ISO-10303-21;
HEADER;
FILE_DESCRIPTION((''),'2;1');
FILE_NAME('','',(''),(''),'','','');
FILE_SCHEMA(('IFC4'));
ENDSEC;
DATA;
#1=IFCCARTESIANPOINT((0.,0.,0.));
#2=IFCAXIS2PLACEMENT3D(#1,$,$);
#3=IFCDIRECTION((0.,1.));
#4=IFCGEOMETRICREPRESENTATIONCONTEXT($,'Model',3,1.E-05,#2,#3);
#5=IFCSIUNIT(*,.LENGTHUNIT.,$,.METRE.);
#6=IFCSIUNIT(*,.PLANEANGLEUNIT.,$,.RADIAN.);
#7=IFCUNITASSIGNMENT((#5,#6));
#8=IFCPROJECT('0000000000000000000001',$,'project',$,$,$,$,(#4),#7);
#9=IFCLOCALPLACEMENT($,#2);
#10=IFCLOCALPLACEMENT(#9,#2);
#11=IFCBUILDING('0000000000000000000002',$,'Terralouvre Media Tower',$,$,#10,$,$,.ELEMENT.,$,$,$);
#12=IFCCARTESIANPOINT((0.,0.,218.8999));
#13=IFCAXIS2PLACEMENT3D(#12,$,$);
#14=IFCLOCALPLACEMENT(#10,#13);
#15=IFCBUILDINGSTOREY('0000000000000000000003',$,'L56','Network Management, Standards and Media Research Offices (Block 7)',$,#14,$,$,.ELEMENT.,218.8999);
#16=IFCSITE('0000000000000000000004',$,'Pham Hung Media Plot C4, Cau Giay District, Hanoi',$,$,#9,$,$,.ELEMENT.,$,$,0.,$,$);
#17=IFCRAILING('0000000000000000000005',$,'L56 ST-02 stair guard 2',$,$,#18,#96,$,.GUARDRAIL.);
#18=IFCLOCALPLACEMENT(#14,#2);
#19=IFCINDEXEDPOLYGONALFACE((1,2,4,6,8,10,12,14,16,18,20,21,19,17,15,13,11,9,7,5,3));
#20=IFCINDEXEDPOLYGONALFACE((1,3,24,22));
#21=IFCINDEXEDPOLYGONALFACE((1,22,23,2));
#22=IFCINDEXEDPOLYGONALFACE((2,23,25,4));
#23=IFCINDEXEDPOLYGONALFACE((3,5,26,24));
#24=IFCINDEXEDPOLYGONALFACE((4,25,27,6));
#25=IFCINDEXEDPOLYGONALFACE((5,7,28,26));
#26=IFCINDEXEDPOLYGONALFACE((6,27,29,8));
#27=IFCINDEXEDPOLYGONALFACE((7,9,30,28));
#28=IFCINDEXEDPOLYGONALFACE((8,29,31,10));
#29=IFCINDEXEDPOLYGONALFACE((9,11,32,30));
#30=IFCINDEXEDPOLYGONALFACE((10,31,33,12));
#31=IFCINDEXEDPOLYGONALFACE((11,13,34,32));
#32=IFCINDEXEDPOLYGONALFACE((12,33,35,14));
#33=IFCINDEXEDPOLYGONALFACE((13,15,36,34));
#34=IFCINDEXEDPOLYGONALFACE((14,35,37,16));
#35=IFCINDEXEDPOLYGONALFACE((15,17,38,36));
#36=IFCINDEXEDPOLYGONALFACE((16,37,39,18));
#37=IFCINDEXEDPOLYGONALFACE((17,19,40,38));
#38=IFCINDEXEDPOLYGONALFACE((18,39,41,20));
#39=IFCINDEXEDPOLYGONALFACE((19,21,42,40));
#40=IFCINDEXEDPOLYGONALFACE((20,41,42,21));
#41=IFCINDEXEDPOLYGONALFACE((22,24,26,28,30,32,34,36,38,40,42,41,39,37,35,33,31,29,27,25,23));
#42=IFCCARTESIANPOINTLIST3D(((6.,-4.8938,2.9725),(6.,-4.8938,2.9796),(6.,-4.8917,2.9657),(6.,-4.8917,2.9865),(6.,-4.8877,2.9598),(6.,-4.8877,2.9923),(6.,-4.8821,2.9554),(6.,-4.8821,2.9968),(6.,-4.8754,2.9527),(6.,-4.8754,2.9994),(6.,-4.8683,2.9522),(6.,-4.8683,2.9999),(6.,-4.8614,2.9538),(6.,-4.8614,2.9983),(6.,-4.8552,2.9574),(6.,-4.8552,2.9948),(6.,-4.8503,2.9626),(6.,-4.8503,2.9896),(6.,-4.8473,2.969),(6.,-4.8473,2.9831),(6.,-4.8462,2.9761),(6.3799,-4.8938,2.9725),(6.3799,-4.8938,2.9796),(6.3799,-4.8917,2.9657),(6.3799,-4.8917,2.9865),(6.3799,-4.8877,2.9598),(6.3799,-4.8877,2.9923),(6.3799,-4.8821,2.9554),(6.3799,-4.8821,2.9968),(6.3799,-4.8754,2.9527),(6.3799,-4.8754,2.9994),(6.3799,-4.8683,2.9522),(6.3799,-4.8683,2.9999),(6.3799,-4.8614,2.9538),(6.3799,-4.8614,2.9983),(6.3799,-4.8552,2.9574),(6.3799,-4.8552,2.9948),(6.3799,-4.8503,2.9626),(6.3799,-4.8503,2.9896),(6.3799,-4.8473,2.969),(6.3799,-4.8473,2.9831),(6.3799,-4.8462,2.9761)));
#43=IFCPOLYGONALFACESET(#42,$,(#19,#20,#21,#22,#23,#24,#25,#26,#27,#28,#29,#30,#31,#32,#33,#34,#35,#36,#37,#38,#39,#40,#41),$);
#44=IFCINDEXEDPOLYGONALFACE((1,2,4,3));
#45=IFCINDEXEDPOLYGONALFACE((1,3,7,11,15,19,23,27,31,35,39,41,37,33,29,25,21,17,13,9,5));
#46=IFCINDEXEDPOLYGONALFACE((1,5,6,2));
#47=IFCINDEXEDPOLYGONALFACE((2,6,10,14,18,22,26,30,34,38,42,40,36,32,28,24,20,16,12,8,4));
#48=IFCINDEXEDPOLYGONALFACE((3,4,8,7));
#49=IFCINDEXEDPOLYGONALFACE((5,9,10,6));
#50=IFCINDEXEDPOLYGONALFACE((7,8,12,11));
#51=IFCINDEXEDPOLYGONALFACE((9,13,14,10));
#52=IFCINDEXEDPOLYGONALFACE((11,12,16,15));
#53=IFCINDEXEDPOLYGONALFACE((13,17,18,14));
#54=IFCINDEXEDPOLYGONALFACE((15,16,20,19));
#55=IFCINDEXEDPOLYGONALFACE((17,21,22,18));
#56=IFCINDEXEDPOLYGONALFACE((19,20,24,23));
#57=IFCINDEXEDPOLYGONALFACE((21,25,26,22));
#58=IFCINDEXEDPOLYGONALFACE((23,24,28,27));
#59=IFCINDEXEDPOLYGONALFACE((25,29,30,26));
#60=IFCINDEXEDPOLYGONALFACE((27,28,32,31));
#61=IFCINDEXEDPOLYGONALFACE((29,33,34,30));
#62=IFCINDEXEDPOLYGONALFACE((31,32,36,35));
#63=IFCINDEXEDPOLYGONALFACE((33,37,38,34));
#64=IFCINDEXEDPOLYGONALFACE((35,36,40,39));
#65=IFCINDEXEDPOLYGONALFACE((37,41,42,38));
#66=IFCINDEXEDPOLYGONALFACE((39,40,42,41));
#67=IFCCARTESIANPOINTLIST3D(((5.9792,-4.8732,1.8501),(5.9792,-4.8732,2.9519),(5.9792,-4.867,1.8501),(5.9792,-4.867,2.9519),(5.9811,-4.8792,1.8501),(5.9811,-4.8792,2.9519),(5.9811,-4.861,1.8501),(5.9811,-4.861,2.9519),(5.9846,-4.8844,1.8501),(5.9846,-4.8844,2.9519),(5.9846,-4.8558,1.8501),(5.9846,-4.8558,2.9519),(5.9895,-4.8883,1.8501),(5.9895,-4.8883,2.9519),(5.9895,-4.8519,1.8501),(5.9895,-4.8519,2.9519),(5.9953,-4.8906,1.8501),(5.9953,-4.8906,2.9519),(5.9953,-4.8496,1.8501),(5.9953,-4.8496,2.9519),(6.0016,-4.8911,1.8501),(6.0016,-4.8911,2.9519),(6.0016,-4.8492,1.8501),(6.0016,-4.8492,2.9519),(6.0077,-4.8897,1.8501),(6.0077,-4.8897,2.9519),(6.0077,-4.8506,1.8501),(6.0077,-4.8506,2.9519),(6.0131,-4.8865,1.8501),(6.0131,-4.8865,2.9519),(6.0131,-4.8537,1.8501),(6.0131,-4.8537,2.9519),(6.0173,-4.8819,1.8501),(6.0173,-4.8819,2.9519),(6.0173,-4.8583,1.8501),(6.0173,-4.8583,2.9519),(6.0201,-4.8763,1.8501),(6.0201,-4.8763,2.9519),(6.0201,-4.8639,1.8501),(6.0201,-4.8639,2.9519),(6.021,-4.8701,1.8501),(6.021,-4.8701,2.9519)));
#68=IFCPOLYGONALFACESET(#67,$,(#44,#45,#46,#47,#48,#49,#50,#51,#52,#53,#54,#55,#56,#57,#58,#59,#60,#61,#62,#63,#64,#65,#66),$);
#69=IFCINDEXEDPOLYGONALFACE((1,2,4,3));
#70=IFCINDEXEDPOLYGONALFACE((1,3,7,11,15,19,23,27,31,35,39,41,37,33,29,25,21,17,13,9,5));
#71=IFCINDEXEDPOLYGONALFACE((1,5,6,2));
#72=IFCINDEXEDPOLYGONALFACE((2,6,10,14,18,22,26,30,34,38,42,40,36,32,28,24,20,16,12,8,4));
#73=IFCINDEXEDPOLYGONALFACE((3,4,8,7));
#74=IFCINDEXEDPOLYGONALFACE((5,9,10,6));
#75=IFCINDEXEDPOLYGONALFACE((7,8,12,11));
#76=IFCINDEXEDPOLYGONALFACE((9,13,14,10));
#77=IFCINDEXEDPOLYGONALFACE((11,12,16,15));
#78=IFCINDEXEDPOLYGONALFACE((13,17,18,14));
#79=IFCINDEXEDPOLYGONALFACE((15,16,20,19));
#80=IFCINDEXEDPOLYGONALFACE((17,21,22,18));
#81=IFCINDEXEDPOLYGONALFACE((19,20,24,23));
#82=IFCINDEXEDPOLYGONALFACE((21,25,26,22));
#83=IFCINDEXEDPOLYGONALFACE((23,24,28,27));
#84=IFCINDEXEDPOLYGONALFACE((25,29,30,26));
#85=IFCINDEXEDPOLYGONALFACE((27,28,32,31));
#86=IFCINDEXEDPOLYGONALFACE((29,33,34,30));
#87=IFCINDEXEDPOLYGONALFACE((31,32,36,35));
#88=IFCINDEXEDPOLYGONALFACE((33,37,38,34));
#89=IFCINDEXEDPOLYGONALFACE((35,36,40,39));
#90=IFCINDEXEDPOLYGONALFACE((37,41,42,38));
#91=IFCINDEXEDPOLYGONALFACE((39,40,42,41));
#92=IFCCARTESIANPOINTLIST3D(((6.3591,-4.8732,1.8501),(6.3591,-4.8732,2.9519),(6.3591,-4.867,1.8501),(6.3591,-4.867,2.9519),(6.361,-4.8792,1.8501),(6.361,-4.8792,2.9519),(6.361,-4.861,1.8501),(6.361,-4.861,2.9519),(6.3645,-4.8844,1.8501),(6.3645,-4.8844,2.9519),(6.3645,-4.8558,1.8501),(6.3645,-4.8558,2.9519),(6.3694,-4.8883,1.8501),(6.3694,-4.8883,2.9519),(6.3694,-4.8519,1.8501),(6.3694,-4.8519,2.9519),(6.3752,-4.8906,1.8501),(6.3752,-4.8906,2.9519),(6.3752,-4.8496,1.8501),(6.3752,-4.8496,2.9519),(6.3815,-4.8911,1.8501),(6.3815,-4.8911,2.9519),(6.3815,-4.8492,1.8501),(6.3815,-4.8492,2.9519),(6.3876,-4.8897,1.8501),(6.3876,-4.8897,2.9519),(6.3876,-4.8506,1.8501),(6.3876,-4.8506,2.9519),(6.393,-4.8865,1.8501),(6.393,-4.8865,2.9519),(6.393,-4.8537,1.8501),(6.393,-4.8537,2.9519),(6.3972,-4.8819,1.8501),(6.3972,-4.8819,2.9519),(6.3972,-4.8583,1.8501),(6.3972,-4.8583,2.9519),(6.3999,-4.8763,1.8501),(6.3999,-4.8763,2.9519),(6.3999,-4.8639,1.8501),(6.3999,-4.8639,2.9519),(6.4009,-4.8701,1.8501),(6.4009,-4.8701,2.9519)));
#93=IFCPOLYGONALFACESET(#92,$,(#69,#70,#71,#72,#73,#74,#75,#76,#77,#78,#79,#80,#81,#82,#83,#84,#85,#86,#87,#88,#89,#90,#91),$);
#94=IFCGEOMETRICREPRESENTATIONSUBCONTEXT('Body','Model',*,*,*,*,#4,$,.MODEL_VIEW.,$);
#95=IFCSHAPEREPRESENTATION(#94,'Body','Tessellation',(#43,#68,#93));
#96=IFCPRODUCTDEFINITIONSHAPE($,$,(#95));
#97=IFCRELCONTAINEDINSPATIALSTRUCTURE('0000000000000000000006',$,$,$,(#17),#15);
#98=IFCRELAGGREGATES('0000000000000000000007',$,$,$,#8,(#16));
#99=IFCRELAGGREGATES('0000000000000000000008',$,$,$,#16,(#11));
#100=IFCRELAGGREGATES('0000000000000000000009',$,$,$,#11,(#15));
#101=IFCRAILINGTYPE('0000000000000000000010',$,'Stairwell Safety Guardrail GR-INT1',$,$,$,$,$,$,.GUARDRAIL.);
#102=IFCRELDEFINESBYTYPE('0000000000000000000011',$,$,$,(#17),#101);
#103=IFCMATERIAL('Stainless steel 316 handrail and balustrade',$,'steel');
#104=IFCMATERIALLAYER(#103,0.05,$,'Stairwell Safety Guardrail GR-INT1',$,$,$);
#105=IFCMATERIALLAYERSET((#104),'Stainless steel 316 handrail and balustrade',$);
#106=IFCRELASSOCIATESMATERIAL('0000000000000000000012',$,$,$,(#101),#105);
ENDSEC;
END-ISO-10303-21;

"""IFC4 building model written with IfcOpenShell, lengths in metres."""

from ifc_helpers import new_model, si_unit, direction, frame, origin, origin_2d, place, context, subcontext, project, spatial, circle, extrude, material, layer, layer_set, type_object, element, save


model = new_model("IFC4")

# Units and contexts
model_context = context("Model", 3, precision=1e-05, world=origin(), true_north=direction((0.0, 1.0)))
body_context = subcontext(model_context, "Body", "Model", "MODEL_VIEW")
ifc_project = project(units=[si_unit("LENGTHUNIT", "METRE"), si_unit("PLANEANGLEUNIT", "RADIAN")], contexts=[model_context])

# Site, building, storey
site_placement = place(None, origin())
site = spatial("IfcSite", under=ifc_project, at=site_placement, Name="Pham Hung Media Plot C4, Cau Giay District, Hanoi", CompositionType="ELEMENT", RefElevation=0.0)
building_placement = place(site_placement, origin())
building = spatial("IfcBuilding", under=site, at=building_placement, Name="Terralouvre Media Tower", CompositionType="ELEMENT")
storey_placement = place(building_placement, frame((0.0, 0.0, 218.8999)))
storey = spatial("IfcBuildingStorey", under=building, at=storey_placement, Name="L56", Description="Network Management, Standards and Media Research Offices (Block 7)", CompositionType="ELEMENT", Elevation=218.8999)

# Railing
ifc_material_1 = material(Name="Stainless steel 316 handrail and balustrade", Category="steel")
ifc_layer_1 = layer(ifc_material_1, 0.05, Name="Stairwell Safety Guardrail GR-INT1")
ifc_layer_set_1 = layer_set([ifc_layer_1], Name="Stainless steel 316 handrail and balustrade")
railing_type_1 = type_object("IfcRailingType", Name="Stairwell Safety Guardrail GR-INT1", PredefinedType="GUARDRAIL", material=ifc_layer_set_1)
railing_1_placement = place(storey_placement, frame((6.0, -4.8701, 1.8501)))
element("IfcRailing", 1, at=railing_1_placement, inside=storey, type_object=railing_type_1, Name="L56 ST-02 stair guard 2", PredefinedType="GUARDRAIL", context=body_context, shape_type="SweptSolid", body=[
    extrude(circle(Radius=0.0239, at=origin_2d()), frame((0.0, 0.0, 1.126), z_axis=(1.0, 0.0, 0.0), x_axis=(0.0, 1.0, 0.0)), (0.0, 0.0, 1.0), 0.3799),
    extrude(circle(Radius=0.021, at=origin_2d()), origin(), (0.0, 0.0, 1.0), 1.1018),
    extrude(circle(Radius=0.021, at=origin_2d()), frame((0.3799, 0.0, 0.0)), (0.0, 0.0, 1.0), 1.1018),
])

save(model, "model.ifc")
